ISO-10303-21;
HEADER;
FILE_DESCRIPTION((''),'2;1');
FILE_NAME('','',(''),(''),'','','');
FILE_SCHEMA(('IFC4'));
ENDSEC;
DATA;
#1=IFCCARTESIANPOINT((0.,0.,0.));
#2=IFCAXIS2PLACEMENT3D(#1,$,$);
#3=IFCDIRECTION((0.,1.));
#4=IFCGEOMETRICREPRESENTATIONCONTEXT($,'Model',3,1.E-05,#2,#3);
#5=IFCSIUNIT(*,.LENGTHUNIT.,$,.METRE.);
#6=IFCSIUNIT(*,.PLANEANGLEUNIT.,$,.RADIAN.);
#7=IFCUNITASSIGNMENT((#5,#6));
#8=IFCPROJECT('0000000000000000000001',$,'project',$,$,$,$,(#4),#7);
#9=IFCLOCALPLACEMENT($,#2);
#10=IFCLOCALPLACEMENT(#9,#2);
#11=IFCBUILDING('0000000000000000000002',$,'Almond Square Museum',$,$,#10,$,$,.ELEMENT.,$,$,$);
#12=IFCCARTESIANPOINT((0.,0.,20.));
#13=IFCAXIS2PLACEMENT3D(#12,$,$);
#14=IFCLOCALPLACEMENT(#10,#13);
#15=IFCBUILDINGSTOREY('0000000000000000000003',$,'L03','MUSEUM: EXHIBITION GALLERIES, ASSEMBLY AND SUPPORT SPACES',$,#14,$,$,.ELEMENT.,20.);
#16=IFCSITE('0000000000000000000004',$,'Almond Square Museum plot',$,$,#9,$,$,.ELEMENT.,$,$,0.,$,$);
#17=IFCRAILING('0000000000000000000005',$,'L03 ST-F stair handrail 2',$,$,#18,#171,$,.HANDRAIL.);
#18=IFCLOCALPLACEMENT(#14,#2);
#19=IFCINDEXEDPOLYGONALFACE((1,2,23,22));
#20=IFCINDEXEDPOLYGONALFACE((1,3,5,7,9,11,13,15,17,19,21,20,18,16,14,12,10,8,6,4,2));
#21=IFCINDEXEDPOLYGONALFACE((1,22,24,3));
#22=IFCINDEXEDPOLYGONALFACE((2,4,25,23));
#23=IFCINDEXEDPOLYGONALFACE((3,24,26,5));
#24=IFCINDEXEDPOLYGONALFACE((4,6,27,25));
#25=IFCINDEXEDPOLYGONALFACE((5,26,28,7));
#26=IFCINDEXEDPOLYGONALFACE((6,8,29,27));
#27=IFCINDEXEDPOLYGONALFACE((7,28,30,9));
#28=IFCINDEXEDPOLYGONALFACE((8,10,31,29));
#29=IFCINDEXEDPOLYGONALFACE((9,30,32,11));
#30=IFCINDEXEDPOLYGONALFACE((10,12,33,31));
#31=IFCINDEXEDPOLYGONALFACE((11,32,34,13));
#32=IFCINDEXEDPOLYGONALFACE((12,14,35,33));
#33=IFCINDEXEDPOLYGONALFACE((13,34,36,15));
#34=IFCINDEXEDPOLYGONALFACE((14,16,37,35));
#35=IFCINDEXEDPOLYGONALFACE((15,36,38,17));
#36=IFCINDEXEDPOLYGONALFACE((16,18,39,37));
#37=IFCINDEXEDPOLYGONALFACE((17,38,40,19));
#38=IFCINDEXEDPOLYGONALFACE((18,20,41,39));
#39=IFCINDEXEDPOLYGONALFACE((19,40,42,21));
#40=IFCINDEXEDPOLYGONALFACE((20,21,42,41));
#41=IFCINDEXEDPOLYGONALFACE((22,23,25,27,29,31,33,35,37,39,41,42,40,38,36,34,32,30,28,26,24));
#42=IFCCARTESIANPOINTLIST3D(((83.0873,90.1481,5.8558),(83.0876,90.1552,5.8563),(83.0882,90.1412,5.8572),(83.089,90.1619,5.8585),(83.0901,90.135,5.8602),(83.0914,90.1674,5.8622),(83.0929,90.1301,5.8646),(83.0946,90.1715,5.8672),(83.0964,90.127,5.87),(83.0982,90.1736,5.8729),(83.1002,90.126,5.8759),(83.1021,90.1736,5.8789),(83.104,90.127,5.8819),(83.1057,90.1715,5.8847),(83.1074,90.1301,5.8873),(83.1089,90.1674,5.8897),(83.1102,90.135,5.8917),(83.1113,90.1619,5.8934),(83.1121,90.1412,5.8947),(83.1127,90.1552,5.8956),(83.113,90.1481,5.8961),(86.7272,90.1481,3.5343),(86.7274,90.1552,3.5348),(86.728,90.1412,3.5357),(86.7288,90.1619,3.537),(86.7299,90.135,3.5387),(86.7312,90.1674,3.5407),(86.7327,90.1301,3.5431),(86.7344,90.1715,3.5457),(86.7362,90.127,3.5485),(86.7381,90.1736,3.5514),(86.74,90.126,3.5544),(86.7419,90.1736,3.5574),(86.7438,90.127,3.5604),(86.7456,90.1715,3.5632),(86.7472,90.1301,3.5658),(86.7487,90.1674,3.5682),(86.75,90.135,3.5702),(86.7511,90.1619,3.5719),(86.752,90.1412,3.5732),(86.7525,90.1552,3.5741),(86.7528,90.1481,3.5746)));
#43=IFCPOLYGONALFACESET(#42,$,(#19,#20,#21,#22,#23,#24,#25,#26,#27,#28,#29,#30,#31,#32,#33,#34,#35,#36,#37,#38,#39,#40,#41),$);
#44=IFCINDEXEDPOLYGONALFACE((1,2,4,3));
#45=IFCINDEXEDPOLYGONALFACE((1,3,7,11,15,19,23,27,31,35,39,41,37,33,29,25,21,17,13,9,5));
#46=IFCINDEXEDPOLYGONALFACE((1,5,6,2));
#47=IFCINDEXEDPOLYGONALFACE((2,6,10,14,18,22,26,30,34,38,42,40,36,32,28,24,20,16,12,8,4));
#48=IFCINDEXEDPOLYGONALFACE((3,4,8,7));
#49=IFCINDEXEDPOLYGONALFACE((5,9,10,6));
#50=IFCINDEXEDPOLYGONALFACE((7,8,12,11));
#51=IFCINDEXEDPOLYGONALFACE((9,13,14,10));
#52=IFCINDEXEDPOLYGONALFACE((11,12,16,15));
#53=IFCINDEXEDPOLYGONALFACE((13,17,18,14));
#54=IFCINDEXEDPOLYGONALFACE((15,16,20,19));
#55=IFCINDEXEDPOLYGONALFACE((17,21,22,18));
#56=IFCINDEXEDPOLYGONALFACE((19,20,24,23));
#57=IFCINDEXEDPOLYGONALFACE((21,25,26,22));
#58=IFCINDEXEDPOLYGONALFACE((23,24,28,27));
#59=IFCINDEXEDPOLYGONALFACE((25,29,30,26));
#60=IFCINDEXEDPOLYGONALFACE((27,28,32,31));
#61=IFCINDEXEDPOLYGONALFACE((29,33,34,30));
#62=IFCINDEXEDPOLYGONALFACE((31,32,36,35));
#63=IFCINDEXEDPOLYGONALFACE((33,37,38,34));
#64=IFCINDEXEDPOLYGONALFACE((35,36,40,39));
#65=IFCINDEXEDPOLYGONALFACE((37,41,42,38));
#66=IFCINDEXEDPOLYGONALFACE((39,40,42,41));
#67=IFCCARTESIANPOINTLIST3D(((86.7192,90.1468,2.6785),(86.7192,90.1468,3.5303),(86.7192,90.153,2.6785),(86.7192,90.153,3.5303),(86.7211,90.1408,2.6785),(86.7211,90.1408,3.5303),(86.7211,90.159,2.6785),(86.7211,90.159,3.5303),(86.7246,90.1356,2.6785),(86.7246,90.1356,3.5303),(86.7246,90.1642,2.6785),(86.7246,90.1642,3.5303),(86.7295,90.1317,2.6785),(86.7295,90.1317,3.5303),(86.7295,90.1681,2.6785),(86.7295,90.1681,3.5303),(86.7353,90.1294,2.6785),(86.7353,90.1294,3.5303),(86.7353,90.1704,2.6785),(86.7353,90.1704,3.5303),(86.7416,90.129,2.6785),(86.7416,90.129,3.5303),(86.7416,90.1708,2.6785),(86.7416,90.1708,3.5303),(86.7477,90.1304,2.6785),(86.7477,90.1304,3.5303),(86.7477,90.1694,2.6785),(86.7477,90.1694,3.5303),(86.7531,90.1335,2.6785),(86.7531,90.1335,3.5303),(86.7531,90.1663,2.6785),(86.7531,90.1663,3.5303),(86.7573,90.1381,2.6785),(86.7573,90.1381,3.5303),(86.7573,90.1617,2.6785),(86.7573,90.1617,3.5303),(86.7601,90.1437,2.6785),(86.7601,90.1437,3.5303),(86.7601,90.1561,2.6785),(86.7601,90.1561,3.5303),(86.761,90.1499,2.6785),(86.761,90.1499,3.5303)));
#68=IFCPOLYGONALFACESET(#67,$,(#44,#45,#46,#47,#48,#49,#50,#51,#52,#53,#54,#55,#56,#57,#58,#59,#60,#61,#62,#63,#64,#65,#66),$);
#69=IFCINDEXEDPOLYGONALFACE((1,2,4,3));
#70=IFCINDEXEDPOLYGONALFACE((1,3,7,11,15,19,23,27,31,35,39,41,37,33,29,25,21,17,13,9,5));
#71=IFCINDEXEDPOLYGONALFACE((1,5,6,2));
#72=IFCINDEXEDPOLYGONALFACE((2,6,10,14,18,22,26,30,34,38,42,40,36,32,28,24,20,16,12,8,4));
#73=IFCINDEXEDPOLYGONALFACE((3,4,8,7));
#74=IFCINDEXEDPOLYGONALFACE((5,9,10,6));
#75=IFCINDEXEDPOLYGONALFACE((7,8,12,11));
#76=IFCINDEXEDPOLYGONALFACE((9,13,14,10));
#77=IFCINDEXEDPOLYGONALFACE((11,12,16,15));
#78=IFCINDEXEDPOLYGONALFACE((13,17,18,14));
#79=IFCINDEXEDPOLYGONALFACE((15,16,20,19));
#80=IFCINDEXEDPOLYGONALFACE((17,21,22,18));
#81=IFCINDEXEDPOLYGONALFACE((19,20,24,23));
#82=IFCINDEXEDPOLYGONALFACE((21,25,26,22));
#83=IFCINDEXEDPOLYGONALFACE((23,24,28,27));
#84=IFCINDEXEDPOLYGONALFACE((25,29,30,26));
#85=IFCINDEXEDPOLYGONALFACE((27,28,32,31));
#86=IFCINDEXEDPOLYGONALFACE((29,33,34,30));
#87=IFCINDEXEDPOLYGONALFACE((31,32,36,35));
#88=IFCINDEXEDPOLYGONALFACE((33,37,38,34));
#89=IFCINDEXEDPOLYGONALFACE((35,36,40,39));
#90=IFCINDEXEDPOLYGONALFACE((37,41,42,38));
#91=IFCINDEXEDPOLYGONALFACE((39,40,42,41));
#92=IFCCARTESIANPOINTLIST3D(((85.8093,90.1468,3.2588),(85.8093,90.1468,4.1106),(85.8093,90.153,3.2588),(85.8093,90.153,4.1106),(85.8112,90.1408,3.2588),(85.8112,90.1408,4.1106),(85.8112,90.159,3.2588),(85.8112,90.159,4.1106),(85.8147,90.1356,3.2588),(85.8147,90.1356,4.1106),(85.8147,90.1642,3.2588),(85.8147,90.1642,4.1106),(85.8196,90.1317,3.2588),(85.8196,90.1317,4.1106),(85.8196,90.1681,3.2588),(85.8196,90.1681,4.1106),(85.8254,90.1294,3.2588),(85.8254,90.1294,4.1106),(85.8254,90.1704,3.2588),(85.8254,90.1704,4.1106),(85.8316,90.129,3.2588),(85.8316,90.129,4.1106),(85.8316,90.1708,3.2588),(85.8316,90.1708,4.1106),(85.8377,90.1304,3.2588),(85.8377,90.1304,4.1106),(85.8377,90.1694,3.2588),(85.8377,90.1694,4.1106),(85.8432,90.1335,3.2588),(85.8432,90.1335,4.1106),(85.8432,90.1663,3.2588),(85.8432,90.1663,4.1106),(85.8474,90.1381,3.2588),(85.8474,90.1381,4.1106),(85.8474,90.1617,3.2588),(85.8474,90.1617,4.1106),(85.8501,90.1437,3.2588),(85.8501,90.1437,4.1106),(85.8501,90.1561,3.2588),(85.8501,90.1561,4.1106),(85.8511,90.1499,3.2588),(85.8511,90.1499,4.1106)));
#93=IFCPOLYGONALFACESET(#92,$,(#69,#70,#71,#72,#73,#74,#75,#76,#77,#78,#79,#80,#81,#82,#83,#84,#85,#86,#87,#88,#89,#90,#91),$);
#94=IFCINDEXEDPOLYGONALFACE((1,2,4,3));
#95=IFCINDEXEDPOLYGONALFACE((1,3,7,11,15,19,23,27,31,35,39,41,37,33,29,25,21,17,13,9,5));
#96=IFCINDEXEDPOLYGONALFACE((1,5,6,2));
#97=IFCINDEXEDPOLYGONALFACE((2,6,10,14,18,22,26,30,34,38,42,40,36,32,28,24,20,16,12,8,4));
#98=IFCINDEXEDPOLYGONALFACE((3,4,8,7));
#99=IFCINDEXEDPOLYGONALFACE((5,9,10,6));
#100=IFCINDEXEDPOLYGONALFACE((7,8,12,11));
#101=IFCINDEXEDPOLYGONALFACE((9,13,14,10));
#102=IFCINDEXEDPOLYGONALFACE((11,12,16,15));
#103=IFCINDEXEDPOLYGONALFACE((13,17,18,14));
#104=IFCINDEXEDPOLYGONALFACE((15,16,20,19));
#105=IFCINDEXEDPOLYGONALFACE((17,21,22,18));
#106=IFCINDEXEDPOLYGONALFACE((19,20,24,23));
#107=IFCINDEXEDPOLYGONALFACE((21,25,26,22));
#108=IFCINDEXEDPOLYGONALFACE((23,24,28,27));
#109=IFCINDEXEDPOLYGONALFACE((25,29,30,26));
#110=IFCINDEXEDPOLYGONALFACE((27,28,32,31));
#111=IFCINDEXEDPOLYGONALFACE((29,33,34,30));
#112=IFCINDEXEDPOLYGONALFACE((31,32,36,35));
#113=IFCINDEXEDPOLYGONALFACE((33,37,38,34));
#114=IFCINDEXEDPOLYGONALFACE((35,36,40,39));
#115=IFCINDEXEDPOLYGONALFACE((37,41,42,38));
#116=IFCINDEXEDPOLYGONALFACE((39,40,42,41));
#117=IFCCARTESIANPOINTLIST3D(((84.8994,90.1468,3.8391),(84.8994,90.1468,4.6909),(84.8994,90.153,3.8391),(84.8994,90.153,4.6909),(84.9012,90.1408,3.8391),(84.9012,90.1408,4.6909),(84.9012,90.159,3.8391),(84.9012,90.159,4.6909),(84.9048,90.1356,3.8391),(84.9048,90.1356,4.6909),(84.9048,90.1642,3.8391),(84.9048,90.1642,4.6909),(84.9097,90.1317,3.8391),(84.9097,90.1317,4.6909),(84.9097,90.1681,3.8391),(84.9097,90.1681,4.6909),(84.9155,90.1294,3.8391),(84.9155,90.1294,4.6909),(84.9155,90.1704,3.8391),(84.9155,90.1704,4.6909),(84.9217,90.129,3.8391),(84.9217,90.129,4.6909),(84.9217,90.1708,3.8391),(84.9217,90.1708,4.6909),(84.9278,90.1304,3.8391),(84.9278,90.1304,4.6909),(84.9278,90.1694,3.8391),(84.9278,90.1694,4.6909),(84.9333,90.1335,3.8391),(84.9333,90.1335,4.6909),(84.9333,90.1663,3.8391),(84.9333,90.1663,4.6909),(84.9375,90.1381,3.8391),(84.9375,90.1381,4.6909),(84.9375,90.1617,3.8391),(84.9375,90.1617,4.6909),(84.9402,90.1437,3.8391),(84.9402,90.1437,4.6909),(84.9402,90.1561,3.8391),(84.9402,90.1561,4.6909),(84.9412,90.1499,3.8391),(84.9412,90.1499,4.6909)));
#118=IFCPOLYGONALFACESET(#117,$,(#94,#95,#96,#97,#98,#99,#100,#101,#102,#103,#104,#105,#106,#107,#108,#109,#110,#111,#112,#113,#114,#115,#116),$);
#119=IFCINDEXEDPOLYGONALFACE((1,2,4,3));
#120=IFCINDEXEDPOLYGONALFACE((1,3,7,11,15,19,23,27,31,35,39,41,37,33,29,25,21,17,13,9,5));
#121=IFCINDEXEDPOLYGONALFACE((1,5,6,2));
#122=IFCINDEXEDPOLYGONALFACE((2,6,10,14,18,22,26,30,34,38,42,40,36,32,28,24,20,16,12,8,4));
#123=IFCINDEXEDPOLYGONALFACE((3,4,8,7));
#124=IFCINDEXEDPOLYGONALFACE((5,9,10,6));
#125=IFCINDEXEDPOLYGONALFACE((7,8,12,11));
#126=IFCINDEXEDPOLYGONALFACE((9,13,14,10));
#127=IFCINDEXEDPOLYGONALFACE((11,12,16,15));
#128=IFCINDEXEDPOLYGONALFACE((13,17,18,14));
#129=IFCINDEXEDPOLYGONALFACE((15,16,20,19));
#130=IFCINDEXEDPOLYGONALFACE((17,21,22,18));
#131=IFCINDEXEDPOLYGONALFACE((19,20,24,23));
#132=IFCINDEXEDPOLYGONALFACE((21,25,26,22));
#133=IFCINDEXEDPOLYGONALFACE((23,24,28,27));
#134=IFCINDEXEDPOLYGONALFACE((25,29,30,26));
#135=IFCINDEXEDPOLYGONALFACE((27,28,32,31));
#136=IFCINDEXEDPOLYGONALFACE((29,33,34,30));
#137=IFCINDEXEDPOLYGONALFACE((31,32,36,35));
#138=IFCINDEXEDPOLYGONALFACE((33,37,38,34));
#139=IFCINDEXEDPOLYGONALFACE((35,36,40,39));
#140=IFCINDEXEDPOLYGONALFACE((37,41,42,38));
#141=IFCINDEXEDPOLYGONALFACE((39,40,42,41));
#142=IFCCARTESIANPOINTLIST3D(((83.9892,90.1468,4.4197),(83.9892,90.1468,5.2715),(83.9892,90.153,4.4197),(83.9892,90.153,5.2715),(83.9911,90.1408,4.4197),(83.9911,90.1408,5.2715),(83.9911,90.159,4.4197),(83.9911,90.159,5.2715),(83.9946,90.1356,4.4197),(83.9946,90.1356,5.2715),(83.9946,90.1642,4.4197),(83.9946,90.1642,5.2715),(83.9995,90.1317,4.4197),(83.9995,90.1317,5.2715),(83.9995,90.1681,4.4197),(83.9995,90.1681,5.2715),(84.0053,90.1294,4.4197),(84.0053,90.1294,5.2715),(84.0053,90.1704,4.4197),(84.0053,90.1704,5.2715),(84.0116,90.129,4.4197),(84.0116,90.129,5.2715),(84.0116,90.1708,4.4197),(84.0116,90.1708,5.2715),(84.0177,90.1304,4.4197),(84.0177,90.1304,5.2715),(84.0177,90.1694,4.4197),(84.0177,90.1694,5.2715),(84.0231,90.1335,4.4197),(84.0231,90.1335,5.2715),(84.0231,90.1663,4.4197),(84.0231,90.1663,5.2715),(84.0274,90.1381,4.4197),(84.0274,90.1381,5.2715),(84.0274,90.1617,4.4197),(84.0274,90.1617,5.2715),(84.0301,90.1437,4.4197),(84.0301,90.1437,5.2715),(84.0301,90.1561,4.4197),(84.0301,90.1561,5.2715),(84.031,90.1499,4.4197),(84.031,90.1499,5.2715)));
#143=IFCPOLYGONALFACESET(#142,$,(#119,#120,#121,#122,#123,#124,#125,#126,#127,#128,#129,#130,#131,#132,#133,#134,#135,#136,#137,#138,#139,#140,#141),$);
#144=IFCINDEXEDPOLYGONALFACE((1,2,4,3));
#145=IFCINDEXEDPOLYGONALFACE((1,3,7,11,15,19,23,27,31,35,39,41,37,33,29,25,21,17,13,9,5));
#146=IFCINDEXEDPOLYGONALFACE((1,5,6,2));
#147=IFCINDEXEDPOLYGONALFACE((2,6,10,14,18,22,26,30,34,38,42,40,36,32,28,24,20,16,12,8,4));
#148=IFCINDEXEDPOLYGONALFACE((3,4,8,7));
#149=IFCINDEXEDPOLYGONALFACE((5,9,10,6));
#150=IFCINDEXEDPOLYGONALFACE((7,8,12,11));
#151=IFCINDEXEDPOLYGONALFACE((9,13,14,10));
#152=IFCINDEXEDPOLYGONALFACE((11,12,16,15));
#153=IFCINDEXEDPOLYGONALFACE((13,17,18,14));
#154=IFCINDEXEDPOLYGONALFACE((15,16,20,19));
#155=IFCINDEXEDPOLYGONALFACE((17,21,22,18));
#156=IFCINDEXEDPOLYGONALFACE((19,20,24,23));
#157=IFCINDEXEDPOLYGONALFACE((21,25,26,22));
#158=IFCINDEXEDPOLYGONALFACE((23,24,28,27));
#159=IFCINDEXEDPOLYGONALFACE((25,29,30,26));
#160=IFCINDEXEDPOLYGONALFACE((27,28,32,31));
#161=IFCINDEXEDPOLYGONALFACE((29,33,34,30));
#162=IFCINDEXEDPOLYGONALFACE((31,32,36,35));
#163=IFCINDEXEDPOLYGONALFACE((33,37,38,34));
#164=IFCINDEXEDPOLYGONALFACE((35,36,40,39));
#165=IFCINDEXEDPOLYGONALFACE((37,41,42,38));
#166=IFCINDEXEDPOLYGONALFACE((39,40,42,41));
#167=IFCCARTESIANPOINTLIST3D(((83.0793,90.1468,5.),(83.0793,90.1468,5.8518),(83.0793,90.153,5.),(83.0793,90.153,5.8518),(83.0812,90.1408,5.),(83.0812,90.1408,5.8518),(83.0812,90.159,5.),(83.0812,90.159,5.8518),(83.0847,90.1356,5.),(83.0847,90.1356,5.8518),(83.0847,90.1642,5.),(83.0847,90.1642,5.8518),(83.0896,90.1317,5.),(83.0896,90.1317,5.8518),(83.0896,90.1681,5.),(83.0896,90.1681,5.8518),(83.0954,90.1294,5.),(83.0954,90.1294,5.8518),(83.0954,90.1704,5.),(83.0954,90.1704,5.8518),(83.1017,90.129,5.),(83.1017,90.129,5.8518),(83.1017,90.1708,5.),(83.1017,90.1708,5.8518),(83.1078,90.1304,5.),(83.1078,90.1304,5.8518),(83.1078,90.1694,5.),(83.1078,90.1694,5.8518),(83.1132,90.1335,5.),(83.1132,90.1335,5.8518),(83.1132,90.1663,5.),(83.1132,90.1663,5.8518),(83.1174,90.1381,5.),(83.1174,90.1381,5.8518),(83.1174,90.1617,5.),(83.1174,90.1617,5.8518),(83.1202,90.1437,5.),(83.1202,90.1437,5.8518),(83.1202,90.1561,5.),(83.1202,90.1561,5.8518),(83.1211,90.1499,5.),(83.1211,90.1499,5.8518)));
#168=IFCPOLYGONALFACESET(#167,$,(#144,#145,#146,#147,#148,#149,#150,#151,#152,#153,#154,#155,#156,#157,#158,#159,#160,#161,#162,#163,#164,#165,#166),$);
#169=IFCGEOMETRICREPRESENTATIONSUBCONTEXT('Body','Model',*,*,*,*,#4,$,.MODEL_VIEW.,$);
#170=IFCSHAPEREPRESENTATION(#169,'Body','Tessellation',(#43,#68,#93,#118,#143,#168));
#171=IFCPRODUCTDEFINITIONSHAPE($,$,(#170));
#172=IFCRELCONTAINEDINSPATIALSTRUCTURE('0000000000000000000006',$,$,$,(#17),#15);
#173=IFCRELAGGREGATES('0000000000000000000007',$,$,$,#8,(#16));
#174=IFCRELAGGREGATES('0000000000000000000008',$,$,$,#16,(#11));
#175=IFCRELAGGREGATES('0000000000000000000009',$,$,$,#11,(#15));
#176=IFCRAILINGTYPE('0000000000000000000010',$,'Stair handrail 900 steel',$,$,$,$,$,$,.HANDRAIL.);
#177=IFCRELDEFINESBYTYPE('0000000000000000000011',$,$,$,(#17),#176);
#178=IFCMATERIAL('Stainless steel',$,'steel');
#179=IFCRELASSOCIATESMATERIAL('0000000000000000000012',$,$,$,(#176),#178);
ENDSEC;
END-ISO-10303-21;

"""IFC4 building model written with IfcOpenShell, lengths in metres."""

from ifc_helpers import new_model, si_unit, direction, frame, origin, origin_2d, place, context, subcontext, project, spatial, circle, extrude, material, type_object, element, save


model = new_model("IFC4")

# Units and contexts
model_context = context("Model", 3, precision=1e-05, world=origin(), true_north=direction((0.0, 1.0)))
body_context = subcontext(model_context, "Body", "Model", "MODEL_VIEW")
ifc_project = project(units=[si_unit("LENGTHUNIT", "METRE"), si_unit("PLANEANGLEUNIT", "RADIAN")], contexts=[model_context])

# Site, building, storey
site_placement = place(None, origin())
site = spatial("IfcSite", under=ifc_project, at=site_placement, Name="Almond Square Museum plot", CompositionType="ELEMENT", RefElevation=0.0)
building_placement = place(site_placement, origin())
building = spatial("IfcBuilding", under=site, at=building_placement, Name="Almond Square Museum", CompositionType="ELEMENT")
storey_placement = place(building_placement, frame((0.0, 0.0, 20.0)))
storey = spatial("IfcBuildingStorey", under=building, at=storey_placement, Name="L03", Description="MUSEUM: EXHIBITION GALLERIES, ASSEMBLY AND SUPPORT SPACES", CompositionType="ELEMENT", Elevation=20.0)

# Railing
ifc_material_1 = material(Name="Stainless steel", Category="steel")
railing_type_1 = type_object("IfcRailingType", Name="Stair handrail 900 steel", PredefinedType="HANDRAIL", material=ifc_material_1)
railing_1_placement = place(storey_placement, frame((86.74, 90.1499, 2.6785)))
element("IfcRailing", 1, at=railing_1_placement, inside=storey, type_object=railing_type_1, Name="L03 ST-F stair handrail 2", PredefinedType="HANDRAIL", context=body_context, shape_type="SweptSolid", body=[
    extrude(circle(Radius=0.0239, at=origin_2d()), frame((0.0, 0.0, 0.876), z_axis=(-0.843112, 0.0, 0.537739), x_axis=(0.0, -1.0, 0.0)), (0.0, 0.0, 1.0), 4.3171),
    extrude(circle(Radius=0.021, at=origin_2d()), origin(), (0.0, 0.0, 1.0), 0.8518),
    extrude(circle(Radius=0.021, at=origin_2d()), frame((-0.9099, 0.0, 0.5803)), (0.0, 0.0, 1.0), 0.8518),
    extrude(circle(Radius=0.021, at=origin_2d()), frame((-1.8198, 0.0, 1.1606)), (0.0, 0.0, 1.0), 0.8518),
    extrude(circle(Radius=0.021, at=origin_2d()), frame((-2.73, 0.0, 1.7412)), (0.0, 0.0, 1.0), 0.8518),
    extrude(circle(Radius=0.021, at=origin_2d()), frame((-3.6399, 0.0, 2.3215)), (0.0, 0.0, 1.0), 0.8518),
])

save(model, "model.ifc")
